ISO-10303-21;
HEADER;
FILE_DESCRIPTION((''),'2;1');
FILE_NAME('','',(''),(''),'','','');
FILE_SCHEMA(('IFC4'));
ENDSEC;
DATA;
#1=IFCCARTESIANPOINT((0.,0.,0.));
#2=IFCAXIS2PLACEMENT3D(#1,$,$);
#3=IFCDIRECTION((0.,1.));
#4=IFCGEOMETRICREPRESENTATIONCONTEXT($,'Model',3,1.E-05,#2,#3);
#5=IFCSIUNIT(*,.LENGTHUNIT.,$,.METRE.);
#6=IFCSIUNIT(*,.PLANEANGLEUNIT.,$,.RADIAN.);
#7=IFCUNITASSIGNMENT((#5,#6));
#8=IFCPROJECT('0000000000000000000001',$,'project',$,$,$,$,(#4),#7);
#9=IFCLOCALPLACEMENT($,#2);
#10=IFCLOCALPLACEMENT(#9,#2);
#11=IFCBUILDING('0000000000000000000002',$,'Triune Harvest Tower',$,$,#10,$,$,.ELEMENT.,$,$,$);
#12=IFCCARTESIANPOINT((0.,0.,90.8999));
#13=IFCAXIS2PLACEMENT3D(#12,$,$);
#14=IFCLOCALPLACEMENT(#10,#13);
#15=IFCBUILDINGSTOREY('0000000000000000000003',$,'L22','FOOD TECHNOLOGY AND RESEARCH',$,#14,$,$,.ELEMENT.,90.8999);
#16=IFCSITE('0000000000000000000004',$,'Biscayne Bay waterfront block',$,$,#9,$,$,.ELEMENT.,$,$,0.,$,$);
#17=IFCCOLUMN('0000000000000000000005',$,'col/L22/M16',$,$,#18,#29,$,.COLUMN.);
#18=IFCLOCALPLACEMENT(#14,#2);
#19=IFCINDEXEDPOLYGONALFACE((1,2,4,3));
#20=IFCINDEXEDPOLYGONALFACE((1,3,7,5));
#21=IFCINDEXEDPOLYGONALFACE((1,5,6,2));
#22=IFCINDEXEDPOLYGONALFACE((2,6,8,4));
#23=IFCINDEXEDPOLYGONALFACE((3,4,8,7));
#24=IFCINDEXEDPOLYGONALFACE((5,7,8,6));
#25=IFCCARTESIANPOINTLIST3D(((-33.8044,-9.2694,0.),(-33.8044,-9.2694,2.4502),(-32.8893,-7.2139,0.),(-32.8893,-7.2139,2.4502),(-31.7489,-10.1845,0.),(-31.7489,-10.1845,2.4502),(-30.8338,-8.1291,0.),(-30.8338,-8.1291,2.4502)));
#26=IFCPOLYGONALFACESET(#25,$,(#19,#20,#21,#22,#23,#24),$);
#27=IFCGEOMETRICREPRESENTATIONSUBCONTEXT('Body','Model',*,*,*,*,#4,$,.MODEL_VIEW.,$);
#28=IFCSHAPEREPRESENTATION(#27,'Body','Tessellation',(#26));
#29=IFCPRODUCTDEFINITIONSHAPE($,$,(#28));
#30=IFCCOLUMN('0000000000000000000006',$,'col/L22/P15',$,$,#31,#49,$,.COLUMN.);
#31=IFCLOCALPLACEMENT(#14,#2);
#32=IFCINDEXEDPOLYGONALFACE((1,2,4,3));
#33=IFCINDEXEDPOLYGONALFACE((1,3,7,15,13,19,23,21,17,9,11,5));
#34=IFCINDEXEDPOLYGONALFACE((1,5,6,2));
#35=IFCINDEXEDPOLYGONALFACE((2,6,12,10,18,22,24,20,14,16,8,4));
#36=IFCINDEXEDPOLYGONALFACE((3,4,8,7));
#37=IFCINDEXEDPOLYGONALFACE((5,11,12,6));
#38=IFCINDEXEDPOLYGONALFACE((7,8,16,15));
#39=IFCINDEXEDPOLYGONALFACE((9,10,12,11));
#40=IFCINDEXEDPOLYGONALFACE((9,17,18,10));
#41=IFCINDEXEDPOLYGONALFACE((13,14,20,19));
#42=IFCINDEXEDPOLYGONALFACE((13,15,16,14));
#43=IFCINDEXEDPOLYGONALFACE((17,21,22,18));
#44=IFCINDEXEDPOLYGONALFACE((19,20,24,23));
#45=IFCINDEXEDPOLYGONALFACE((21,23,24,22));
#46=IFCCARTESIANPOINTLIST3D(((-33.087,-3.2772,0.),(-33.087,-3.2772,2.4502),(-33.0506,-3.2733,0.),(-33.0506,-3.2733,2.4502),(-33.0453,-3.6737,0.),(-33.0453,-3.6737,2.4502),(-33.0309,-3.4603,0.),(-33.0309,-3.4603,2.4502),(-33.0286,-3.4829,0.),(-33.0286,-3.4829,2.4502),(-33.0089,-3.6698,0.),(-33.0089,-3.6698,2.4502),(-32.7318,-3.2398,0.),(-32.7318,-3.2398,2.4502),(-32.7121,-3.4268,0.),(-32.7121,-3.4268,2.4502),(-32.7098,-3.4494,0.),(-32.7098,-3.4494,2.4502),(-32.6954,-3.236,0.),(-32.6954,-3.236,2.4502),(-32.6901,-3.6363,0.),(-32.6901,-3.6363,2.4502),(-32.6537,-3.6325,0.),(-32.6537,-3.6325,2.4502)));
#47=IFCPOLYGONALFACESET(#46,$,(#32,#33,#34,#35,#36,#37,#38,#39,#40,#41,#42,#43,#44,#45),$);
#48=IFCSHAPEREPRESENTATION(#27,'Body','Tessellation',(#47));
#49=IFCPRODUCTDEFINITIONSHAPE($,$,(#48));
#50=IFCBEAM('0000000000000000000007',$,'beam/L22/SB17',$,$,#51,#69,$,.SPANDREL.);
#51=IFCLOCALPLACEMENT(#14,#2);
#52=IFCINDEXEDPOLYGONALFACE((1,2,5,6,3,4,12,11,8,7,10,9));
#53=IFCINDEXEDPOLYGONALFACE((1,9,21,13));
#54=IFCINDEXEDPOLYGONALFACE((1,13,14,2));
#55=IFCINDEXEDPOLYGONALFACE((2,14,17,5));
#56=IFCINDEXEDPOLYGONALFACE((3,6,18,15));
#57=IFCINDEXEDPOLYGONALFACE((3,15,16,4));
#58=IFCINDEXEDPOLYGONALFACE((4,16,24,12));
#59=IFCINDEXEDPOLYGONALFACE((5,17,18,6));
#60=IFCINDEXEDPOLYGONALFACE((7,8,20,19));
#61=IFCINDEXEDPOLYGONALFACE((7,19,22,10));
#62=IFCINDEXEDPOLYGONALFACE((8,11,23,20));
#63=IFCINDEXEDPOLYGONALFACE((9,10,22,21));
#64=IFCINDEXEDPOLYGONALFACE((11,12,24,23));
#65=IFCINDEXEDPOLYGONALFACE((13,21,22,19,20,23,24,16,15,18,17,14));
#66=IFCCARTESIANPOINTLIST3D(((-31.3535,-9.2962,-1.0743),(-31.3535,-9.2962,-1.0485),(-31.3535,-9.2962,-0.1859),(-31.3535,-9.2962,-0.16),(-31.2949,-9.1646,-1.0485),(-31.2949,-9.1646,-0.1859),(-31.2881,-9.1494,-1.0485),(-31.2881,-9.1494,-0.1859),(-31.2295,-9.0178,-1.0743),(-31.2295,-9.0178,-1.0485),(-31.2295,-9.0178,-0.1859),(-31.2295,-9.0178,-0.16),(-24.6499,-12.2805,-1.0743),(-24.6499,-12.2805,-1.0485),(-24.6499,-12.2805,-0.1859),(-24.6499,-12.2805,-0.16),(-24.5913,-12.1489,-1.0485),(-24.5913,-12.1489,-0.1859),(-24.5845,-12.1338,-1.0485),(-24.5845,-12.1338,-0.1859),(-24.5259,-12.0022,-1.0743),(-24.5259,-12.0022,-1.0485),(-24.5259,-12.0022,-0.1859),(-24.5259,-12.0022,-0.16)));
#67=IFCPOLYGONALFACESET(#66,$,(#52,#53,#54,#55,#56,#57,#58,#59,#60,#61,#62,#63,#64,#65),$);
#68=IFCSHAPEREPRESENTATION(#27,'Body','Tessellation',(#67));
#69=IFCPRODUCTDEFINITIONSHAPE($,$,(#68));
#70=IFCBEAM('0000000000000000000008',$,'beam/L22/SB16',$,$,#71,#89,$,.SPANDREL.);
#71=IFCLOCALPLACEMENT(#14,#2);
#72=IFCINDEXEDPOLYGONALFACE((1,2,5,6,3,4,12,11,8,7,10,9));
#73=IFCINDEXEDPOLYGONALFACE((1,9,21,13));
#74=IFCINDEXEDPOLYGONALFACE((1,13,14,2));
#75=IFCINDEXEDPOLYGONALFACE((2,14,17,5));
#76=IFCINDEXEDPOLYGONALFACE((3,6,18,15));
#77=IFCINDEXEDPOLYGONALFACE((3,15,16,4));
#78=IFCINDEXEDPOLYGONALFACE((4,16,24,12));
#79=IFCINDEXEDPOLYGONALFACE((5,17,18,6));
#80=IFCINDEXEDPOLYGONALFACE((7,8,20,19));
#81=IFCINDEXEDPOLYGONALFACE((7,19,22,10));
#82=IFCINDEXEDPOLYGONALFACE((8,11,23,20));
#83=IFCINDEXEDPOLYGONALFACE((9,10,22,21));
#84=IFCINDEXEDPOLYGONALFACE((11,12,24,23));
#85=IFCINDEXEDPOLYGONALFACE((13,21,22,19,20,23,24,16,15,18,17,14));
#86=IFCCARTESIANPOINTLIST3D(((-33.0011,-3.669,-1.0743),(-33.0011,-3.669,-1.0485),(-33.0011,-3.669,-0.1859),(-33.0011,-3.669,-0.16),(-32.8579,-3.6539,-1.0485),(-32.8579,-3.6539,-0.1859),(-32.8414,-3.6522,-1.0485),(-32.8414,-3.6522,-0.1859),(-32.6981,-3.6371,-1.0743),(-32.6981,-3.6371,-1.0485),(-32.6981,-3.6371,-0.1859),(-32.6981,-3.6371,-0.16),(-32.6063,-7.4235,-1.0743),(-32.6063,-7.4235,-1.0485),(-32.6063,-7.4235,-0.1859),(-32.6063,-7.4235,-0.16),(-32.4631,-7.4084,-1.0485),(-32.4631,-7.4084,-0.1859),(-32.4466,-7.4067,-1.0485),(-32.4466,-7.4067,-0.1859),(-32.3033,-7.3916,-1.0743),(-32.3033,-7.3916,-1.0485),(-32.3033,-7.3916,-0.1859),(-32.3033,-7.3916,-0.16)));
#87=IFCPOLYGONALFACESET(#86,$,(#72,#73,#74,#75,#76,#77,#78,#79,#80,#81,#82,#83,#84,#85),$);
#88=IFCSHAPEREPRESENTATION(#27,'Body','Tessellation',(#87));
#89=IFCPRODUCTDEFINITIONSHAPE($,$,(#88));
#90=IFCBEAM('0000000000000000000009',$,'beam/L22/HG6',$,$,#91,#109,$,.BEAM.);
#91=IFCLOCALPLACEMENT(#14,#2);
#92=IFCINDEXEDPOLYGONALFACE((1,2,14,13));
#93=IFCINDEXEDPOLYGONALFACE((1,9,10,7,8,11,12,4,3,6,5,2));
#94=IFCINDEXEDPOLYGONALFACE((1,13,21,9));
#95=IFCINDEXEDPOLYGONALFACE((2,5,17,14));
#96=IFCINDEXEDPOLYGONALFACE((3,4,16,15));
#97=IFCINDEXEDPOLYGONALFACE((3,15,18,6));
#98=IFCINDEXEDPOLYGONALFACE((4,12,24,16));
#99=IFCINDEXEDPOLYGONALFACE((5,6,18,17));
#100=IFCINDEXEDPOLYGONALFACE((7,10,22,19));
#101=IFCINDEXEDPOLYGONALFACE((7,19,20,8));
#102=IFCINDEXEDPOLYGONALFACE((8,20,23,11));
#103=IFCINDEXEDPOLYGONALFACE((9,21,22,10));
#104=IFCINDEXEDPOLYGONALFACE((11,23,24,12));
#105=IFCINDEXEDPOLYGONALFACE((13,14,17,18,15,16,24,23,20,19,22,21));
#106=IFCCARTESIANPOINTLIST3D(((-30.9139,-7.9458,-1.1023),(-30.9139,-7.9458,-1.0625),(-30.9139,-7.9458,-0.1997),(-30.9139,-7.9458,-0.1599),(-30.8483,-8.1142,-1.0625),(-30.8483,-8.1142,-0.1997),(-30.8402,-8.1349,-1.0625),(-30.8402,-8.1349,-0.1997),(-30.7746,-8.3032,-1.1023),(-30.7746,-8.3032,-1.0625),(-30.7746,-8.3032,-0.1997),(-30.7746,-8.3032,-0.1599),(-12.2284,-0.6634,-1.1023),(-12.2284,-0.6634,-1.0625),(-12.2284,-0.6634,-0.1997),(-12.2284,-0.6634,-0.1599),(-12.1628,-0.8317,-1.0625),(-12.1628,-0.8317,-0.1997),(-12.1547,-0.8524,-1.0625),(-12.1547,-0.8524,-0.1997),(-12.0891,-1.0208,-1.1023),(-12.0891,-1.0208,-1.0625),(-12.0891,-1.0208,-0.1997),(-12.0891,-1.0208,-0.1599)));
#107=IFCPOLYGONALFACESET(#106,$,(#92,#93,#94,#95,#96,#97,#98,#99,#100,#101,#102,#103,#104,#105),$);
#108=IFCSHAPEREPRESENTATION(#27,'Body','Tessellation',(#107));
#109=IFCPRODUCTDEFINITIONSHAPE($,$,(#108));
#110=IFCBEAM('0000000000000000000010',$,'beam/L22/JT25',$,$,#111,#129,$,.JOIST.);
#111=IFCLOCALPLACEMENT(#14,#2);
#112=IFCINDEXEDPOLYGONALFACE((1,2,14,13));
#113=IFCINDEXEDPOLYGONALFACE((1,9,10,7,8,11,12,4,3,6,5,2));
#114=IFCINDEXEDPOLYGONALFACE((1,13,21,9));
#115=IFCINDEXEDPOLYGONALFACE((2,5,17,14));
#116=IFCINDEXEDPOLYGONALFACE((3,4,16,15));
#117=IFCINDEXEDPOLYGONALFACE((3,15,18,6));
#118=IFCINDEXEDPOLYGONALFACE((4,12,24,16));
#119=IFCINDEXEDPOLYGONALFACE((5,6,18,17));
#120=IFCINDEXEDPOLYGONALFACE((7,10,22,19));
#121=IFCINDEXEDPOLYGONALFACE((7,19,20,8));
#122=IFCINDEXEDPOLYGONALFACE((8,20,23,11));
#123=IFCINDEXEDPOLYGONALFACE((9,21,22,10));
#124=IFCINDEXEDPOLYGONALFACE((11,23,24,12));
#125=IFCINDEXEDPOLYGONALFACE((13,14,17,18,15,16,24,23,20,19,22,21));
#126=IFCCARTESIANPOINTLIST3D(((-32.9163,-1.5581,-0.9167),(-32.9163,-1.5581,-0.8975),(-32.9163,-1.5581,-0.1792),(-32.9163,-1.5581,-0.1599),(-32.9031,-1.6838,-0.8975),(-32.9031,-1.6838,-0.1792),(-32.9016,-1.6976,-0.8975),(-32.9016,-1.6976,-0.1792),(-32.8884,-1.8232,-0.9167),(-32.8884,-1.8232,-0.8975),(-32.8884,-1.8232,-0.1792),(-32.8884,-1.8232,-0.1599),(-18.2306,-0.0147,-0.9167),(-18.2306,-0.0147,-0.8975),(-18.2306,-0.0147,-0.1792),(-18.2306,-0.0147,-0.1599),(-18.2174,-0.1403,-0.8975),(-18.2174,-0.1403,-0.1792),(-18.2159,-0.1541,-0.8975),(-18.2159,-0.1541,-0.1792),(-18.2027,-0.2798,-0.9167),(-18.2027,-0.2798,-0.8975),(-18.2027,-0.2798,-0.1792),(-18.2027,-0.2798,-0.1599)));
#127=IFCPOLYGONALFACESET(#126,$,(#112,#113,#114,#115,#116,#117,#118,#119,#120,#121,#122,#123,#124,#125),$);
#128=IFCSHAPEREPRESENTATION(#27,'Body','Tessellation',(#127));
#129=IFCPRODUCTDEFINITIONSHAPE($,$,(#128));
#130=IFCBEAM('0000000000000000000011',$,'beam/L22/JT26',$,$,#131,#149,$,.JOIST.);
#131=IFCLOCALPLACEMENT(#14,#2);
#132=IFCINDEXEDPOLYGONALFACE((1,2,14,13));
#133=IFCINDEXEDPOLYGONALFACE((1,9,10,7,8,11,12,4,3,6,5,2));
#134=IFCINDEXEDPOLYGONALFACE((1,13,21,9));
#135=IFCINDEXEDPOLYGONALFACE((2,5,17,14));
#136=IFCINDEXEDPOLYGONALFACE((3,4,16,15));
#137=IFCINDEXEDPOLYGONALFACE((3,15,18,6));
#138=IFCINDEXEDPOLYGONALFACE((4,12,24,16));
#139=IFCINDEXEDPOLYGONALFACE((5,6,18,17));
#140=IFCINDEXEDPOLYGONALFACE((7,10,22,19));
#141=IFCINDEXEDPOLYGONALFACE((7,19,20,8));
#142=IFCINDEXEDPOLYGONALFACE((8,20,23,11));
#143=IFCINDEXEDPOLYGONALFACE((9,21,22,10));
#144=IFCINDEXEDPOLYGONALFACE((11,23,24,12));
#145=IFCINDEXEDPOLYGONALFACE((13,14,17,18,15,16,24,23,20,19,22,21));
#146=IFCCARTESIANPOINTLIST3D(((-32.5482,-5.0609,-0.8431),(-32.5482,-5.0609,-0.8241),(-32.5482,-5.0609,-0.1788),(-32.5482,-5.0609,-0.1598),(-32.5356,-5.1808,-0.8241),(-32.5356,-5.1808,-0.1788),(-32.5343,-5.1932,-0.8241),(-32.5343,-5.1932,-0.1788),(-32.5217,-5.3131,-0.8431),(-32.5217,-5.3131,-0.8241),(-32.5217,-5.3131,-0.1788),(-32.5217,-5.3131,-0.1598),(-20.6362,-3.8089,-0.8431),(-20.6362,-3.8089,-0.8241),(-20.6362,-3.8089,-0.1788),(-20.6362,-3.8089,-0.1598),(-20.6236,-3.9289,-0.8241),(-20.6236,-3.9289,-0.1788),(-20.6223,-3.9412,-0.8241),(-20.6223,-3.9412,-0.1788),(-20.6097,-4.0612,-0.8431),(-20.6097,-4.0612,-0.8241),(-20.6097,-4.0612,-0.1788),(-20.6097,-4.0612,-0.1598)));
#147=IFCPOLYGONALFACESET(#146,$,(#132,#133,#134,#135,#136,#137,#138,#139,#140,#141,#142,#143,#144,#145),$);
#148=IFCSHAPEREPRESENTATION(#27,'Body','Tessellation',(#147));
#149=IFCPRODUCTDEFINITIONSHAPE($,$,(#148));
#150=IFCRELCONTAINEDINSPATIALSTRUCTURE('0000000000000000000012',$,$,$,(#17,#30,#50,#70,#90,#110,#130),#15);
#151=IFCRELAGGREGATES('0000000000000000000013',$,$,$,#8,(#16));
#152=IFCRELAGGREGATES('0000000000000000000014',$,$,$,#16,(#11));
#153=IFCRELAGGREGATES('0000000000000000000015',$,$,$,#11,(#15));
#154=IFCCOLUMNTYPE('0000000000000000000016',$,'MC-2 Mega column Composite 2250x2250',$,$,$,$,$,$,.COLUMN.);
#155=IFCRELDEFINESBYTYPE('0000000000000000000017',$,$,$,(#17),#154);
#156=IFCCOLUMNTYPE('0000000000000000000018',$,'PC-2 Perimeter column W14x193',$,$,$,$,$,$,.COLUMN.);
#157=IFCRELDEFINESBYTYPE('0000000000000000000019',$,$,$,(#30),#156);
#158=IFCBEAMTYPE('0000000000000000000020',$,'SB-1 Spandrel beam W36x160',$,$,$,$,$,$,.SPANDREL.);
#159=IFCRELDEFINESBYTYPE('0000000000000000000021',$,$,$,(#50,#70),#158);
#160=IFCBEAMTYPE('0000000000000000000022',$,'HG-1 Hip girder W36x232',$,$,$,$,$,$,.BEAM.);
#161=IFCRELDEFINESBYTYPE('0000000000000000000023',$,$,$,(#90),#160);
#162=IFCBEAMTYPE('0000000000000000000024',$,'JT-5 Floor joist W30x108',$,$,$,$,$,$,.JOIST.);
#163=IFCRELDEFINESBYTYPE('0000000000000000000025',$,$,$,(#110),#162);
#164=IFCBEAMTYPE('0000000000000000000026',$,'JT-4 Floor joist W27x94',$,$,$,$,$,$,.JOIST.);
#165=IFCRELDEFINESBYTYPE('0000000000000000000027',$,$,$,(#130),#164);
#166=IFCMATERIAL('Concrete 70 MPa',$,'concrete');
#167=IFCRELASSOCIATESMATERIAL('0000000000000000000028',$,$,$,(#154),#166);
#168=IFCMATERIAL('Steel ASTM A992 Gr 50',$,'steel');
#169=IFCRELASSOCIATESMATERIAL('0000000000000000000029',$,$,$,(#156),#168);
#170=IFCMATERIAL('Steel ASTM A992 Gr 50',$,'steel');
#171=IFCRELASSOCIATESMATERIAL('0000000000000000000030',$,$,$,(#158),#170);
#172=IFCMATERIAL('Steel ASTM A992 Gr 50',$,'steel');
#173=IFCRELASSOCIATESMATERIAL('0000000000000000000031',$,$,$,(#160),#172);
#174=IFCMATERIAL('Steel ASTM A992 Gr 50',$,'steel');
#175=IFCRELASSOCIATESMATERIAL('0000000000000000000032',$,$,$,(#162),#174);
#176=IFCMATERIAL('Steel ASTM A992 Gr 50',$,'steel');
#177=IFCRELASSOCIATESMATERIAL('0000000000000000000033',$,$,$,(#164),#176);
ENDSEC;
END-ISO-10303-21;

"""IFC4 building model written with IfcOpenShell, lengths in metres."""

from ifc_helpers import new_model, si_unit, direction, frame, origin, origin_2d, place, context, subcontext, project, spatial, rectangle, i_section, extrude, source, transform, mapped, material, material_profile, profile_set, type_object, element, save


model = new_model("IFC4")

# Units and contexts
model_context = context("Model", 3, precision=1e-05, world=origin(), true_north=direction((0.0, 1.0)))
body_context = subcontext(model_context, "Body", "Model", "MODEL_VIEW")
ifc_project = project(units=[si_unit("LENGTHUNIT", "METRE"), si_unit("PLANEANGLEUNIT", "RADIAN")], contexts=[model_context])

# Site, building, storey
site_placement = place(None, origin())
site = spatial("IfcSite", under=ifc_project, at=site_placement, Name="Biscayne Bay waterfront block", CompositionType="ELEMENT", RefElevation=0.0)
building_placement = place(site_placement, origin())
building = spatial("IfcBuilding", under=site, at=building_placement, Name="Triune Harvest Tower", CompositionType="ELEMENT")
storey_placement = place(building_placement, frame((0.0, 0.0, 90.8999)))
storey = spatial("IfcBuildingStorey", under=building, at=storey_placement, Name="L22", Description="FOOD TECHNOLOGY AND RESEARCH", CompositionType="ELEMENT", Elevation=90.8999)

# Columns
ifc_material_1 = material(Name="Concrete 70 MPa", Category="concrete")
ifc_material_profile_1 = material_profile(ifc_material_1, rectangle(XDim=2.25, YDim=2.25, at=origin_2d()), Name="Composite 2250x2250")
ifc_profile_set_1 = profile_set([ifc_material_profile_1], Name="Concrete 70 MPa")
column_type_1 = type_object("IfcColumnType", Name="MC-2 Mega column Composite 2250x2250", PredefinedType="COLUMN", material=ifc_profile_set_1)
shared_shape_1 = source(origin(), body_context, "Body", "SweptSolid", [
    extrude(rectangle(XDim=2.25, YDim=2.25, at=origin_2d()), origin(), (0.0, 0.0, 1.0), 2.4502),
])
column_1_placement = place(storey_placement, frame((-32.3191, -8.6992, 0.0), z_axis=(0.0, 0.0, 1.0), x_axis=(0.913545, -0.406737, 0.0)))
element("IfcColumn", 1, at=column_1_placement, inside=storey, type_object=column_type_1, Name="col/L22/M16", PredefinedType="COLUMN", context=body_context, shape_type="MappedRepresentation", body=[
    mapped(shared_shape_1, transform((0.0, 0.0, 0.0), scale=1.0)),
])
ifc_material_2 = material(Name="Steel ASTM A992 Gr 50", Category="steel")
ifc_material_profile_2 = material_profile(ifc_material_2, i_section(OverallWidth=0.3987, OverallDepth=0.3938, WebThickness=0.0227, FlangeThickness=0.0366, at=origin_2d()), Name="W14x193")
ifc_profile_set_2 = profile_set([ifc_material_profile_2], Name="Steel ASTM A992 Gr 50")
column_type_2 = type_object("IfcColumnType", Name="PC-2 Perimeter column W14x193", PredefinedType="COLUMN", material=ifc_profile_set_2)
shared_shape_2 = source(origin(), body_context, "Body", "SweptSolid", [
    extrude(i_section(OverallWidth=0.3987, OverallDepth=0.3938, WebThickness=0.0227, FlangeThickness=0.0366, at=origin_2d()), origin(), (0.0, 0.0, 1.0), 2.4502),
])
column_2_placement = place(storey_placement, frame((-32.8704, -3.4548, 0.0), z_axis=(0.0, 0.0, 1.0), x_axis=(0.104528, -0.994522, 0.0)))
element("IfcColumn", 2, at=column_2_placement, inside=storey, type_object=column_type_2, Name="col/L22/P15", PredefinedType="COLUMN", context=body_context, shape_type="MappedRepresentation", body=[
    mapped(shared_shape_2, transform((0.0, 0.0, 0.0), scale=1.0)),
])

# Beams
ifc_material_3 = material(Name="Steel ASTM A992 Gr 50", Category="steel")
ifc_material_profile_3 = material_profile(ifc_material_3, i_section(OverallWidth=0.3047, OverallDepth=0.9143, WebThickness=0.0166, FlangeThickness=0.0259, at=origin_2d()), Name="W36x160")
ifc_profile_set_3 = profile_set([ifc_material_profile_3], Name="Steel ASTM A992 Gr 50")
beam_type_1 = type_object("IfcBeamType", Name="SB-1 Spandrel beam W36x160", PredefinedType="SPANDREL", material=ifc_profile_set_3)
shared_shape_3 = source(origin(), body_context, "Body", "SweptSolid", [
    extrude(i_section(OverallWidth=0.3047, OverallDepth=0.9143, WebThickness=0.0166, FlangeThickness=0.0259, at=origin_2d()), origin(), (0.0, 0.0, 1.0), 7.3379),
])
beam_1_placement = place(storey_placement, frame((-31.2915, -9.157, -0.6172), z_axis=(0.913559, -0.406706, 0.0), x_axis=(0.406706, 0.913559, 0.0)))
element("IfcBeam", 3, at=beam_1_placement, inside=storey, type_object=beam_type_1, Name="beam/L22/SB17", PredefinedType="SPANDREL", context=body_context, shape_type="MappedRepresentation", body=[
    mapped(shared_shape_3, transform((0.0, 0.0, 0.0), scale=1.0)),
])
shared_shape_4 = source(origin(), body_context, "Body", "SweptSolid", [
    extrude(i_section(OverallWidth=0.3047, OverallDepth=0.9143, WebThickness=0.0166, FlangeThickness=0.0259, at=origin_2d()), origin(), (0.0, 0.0, 1.0), 3.7751),
])
beam_2_placement = place(storey_placement, frame((-32.8496, -3.6531, -0.6172), z_axis=(0.104574, -0.994517, 0.0), x_axis=(0.994517, 0.104574, 0.0)))
element("IfcBeam", 4, at=beam_2_placement, inside=storey, type_object=beam_type_1, Name="beam/L22/SB16", PredefinedType="SPANDREL", context=body_context, shape_type="MappedRepresentation", body=[
    mapped(shared_shape_4, transform((0.0, 0.0, 0.0), scale=1.0)),
])
ifc_material_4 = material(Name="Steel ASTM A992 Gr 50", Category="steel")
ifc_material_profile_4 = material_profile(ifc_material_4, i_section(OverallWidth=0.3835, OverallDepth=0.9424, WebThickness=0.0222, FlangeThickness=0.0398, at=origin_2d()), Name="W36x232")
ifc_profile_set_4 = profile_set([ifc_material_profile_4], Name="Steel ASTM A992 Gr 50")
beam_type_2 = type_object("IfcBeamType", Name="HG-1 Hip girder W36x232", PredefinedType="BEAM", material=ifc_profile_set_4)
shared_shape_5 = source(origin(), body_context, "Body", "SweptSolid", [
    extrude(i_section(OverallWidth=0.3835, OverallDepth=0.9424, WebThickness=0.0222, FlangeThickness=0.0398, at=origin_2d()), origin(), (0.0, 0.0, 1.0), 20.0544),
])
beam_3_placement = place(storey_placement, frame((-30.8442, -8.1245, -0.6311), z_axis=(0.931737, 0.363134, 0.0), x_axis=(-0.363134, 0.931737, 0.0)))
element("IfcBeam", 5, at=beam_3_placement, inside=storey, type_object=beam_type_2, Name="beam/L22/HG6", PredefinedType="BEAM", context=body_context, shape_type="MappedRepresentation", body=[
    mapped(shared_shape_5, transform((0.0, 0.0, 0.0), scale=1.0)),
])
ifc_material_5 = material(Name="Steel ASTM A992 Gr 50", Category="steel")
ifc_material_profile_5 = material_profile(ifc_material_5, i_section(OverallWidth=0.2666, OverallDepth=0.7568, WebThickness=0.0139, FlangeThickness=0.0193, at=origin_2d()), Name="W30x108")
ifc_profile_set_5 = profile_set([ifc_material_profile_5], Name="Steel ASTM A992 Gr 50")
beam_type_3 = type_object("IfcBeamType", Name="JT-5 Floor joist W30x108", PredefinedType="JOIST", material=ifc_profile_set_5)
shared_shape_6 = source(origin(), body_context, "Body", "SweptSolid", [
    extrude(i_section(OverallWidth=0.2666, OverallDepth=0.7568, WebThickness=0.0139, FlangeThickness=0.0193, at=origin_2d()), origin(), (0.0, 0.0, 1.0), 14.7666),
])
beam_4_placement = place(storey_placement, frame((-32.9023, -1.6907, -0.5383), z_axis=(0.994522, 0.104523, 0.0), x_axis=(-0.104523, 0.994522, 0.0)))
element("IfcBeam", 6, at=beam_4_placement, inside=storey, type_object=beam_type_3, Name="beam/L22/JT25", PredefinedType="JOIST", context=body_context, shape_type="MappedRepresentation", body=[
    mapped(shared_shape_6, transform((0.0, 0.0, 0.0), scale=1.0)),
])
ifc_material_6 = material(Name="Steel ASTM A992 Gr 50", Category="steel")
ifc_material_profile_6 = material_profile(ifc_material_6, i_section(OverallWidth=0.2537, OverallDepth=0.6833, WebThickness=0.0125, FlangeThickness=0.019, at=origin_2d()), Name="W27x94")
ifc_profile_set_6 = profile_set([ifc_material_profile_6], Name="Steel ASTM A992 Gr 50")
beam_type_4 = type_object("IfcBeamType", Name="JT-4 Floor joist W27x94", PredefinedType="JOIST", material=ifc_profile_set_6)
shared_shape_7 = source(origin(), body_context, "Body", "SweptSolid", [
    extrude(i_section(OverallWidth=0.2537, OverallDepth=0.6833, WebThickness=0.0125, FlangeThickness=0.019, at=origin_2d()), origin(), (0.0, 0.0, 1.0), 11.9775),
])
beam_5_placement = place(storey_placement, frame((-32.5349, -5.187, -0.5015), z_axis=(0.994522, 0.104526, 0.0), x_axis=(-0.104526, 0.994522, 0.0)))
element("IfcBeam", 7, at=beam_5_placement, inside=storey, type_object=beam_type_4, Name="beam/L22/JT26", PredefinedType="JOIST", context=body_context, shape_type="MappedRepresentation", body=[
    mapped(shared_shape_7, transform((0.0, 0.0, 0.0), scale=1.0)),
])

save(model, "model.ifc")
